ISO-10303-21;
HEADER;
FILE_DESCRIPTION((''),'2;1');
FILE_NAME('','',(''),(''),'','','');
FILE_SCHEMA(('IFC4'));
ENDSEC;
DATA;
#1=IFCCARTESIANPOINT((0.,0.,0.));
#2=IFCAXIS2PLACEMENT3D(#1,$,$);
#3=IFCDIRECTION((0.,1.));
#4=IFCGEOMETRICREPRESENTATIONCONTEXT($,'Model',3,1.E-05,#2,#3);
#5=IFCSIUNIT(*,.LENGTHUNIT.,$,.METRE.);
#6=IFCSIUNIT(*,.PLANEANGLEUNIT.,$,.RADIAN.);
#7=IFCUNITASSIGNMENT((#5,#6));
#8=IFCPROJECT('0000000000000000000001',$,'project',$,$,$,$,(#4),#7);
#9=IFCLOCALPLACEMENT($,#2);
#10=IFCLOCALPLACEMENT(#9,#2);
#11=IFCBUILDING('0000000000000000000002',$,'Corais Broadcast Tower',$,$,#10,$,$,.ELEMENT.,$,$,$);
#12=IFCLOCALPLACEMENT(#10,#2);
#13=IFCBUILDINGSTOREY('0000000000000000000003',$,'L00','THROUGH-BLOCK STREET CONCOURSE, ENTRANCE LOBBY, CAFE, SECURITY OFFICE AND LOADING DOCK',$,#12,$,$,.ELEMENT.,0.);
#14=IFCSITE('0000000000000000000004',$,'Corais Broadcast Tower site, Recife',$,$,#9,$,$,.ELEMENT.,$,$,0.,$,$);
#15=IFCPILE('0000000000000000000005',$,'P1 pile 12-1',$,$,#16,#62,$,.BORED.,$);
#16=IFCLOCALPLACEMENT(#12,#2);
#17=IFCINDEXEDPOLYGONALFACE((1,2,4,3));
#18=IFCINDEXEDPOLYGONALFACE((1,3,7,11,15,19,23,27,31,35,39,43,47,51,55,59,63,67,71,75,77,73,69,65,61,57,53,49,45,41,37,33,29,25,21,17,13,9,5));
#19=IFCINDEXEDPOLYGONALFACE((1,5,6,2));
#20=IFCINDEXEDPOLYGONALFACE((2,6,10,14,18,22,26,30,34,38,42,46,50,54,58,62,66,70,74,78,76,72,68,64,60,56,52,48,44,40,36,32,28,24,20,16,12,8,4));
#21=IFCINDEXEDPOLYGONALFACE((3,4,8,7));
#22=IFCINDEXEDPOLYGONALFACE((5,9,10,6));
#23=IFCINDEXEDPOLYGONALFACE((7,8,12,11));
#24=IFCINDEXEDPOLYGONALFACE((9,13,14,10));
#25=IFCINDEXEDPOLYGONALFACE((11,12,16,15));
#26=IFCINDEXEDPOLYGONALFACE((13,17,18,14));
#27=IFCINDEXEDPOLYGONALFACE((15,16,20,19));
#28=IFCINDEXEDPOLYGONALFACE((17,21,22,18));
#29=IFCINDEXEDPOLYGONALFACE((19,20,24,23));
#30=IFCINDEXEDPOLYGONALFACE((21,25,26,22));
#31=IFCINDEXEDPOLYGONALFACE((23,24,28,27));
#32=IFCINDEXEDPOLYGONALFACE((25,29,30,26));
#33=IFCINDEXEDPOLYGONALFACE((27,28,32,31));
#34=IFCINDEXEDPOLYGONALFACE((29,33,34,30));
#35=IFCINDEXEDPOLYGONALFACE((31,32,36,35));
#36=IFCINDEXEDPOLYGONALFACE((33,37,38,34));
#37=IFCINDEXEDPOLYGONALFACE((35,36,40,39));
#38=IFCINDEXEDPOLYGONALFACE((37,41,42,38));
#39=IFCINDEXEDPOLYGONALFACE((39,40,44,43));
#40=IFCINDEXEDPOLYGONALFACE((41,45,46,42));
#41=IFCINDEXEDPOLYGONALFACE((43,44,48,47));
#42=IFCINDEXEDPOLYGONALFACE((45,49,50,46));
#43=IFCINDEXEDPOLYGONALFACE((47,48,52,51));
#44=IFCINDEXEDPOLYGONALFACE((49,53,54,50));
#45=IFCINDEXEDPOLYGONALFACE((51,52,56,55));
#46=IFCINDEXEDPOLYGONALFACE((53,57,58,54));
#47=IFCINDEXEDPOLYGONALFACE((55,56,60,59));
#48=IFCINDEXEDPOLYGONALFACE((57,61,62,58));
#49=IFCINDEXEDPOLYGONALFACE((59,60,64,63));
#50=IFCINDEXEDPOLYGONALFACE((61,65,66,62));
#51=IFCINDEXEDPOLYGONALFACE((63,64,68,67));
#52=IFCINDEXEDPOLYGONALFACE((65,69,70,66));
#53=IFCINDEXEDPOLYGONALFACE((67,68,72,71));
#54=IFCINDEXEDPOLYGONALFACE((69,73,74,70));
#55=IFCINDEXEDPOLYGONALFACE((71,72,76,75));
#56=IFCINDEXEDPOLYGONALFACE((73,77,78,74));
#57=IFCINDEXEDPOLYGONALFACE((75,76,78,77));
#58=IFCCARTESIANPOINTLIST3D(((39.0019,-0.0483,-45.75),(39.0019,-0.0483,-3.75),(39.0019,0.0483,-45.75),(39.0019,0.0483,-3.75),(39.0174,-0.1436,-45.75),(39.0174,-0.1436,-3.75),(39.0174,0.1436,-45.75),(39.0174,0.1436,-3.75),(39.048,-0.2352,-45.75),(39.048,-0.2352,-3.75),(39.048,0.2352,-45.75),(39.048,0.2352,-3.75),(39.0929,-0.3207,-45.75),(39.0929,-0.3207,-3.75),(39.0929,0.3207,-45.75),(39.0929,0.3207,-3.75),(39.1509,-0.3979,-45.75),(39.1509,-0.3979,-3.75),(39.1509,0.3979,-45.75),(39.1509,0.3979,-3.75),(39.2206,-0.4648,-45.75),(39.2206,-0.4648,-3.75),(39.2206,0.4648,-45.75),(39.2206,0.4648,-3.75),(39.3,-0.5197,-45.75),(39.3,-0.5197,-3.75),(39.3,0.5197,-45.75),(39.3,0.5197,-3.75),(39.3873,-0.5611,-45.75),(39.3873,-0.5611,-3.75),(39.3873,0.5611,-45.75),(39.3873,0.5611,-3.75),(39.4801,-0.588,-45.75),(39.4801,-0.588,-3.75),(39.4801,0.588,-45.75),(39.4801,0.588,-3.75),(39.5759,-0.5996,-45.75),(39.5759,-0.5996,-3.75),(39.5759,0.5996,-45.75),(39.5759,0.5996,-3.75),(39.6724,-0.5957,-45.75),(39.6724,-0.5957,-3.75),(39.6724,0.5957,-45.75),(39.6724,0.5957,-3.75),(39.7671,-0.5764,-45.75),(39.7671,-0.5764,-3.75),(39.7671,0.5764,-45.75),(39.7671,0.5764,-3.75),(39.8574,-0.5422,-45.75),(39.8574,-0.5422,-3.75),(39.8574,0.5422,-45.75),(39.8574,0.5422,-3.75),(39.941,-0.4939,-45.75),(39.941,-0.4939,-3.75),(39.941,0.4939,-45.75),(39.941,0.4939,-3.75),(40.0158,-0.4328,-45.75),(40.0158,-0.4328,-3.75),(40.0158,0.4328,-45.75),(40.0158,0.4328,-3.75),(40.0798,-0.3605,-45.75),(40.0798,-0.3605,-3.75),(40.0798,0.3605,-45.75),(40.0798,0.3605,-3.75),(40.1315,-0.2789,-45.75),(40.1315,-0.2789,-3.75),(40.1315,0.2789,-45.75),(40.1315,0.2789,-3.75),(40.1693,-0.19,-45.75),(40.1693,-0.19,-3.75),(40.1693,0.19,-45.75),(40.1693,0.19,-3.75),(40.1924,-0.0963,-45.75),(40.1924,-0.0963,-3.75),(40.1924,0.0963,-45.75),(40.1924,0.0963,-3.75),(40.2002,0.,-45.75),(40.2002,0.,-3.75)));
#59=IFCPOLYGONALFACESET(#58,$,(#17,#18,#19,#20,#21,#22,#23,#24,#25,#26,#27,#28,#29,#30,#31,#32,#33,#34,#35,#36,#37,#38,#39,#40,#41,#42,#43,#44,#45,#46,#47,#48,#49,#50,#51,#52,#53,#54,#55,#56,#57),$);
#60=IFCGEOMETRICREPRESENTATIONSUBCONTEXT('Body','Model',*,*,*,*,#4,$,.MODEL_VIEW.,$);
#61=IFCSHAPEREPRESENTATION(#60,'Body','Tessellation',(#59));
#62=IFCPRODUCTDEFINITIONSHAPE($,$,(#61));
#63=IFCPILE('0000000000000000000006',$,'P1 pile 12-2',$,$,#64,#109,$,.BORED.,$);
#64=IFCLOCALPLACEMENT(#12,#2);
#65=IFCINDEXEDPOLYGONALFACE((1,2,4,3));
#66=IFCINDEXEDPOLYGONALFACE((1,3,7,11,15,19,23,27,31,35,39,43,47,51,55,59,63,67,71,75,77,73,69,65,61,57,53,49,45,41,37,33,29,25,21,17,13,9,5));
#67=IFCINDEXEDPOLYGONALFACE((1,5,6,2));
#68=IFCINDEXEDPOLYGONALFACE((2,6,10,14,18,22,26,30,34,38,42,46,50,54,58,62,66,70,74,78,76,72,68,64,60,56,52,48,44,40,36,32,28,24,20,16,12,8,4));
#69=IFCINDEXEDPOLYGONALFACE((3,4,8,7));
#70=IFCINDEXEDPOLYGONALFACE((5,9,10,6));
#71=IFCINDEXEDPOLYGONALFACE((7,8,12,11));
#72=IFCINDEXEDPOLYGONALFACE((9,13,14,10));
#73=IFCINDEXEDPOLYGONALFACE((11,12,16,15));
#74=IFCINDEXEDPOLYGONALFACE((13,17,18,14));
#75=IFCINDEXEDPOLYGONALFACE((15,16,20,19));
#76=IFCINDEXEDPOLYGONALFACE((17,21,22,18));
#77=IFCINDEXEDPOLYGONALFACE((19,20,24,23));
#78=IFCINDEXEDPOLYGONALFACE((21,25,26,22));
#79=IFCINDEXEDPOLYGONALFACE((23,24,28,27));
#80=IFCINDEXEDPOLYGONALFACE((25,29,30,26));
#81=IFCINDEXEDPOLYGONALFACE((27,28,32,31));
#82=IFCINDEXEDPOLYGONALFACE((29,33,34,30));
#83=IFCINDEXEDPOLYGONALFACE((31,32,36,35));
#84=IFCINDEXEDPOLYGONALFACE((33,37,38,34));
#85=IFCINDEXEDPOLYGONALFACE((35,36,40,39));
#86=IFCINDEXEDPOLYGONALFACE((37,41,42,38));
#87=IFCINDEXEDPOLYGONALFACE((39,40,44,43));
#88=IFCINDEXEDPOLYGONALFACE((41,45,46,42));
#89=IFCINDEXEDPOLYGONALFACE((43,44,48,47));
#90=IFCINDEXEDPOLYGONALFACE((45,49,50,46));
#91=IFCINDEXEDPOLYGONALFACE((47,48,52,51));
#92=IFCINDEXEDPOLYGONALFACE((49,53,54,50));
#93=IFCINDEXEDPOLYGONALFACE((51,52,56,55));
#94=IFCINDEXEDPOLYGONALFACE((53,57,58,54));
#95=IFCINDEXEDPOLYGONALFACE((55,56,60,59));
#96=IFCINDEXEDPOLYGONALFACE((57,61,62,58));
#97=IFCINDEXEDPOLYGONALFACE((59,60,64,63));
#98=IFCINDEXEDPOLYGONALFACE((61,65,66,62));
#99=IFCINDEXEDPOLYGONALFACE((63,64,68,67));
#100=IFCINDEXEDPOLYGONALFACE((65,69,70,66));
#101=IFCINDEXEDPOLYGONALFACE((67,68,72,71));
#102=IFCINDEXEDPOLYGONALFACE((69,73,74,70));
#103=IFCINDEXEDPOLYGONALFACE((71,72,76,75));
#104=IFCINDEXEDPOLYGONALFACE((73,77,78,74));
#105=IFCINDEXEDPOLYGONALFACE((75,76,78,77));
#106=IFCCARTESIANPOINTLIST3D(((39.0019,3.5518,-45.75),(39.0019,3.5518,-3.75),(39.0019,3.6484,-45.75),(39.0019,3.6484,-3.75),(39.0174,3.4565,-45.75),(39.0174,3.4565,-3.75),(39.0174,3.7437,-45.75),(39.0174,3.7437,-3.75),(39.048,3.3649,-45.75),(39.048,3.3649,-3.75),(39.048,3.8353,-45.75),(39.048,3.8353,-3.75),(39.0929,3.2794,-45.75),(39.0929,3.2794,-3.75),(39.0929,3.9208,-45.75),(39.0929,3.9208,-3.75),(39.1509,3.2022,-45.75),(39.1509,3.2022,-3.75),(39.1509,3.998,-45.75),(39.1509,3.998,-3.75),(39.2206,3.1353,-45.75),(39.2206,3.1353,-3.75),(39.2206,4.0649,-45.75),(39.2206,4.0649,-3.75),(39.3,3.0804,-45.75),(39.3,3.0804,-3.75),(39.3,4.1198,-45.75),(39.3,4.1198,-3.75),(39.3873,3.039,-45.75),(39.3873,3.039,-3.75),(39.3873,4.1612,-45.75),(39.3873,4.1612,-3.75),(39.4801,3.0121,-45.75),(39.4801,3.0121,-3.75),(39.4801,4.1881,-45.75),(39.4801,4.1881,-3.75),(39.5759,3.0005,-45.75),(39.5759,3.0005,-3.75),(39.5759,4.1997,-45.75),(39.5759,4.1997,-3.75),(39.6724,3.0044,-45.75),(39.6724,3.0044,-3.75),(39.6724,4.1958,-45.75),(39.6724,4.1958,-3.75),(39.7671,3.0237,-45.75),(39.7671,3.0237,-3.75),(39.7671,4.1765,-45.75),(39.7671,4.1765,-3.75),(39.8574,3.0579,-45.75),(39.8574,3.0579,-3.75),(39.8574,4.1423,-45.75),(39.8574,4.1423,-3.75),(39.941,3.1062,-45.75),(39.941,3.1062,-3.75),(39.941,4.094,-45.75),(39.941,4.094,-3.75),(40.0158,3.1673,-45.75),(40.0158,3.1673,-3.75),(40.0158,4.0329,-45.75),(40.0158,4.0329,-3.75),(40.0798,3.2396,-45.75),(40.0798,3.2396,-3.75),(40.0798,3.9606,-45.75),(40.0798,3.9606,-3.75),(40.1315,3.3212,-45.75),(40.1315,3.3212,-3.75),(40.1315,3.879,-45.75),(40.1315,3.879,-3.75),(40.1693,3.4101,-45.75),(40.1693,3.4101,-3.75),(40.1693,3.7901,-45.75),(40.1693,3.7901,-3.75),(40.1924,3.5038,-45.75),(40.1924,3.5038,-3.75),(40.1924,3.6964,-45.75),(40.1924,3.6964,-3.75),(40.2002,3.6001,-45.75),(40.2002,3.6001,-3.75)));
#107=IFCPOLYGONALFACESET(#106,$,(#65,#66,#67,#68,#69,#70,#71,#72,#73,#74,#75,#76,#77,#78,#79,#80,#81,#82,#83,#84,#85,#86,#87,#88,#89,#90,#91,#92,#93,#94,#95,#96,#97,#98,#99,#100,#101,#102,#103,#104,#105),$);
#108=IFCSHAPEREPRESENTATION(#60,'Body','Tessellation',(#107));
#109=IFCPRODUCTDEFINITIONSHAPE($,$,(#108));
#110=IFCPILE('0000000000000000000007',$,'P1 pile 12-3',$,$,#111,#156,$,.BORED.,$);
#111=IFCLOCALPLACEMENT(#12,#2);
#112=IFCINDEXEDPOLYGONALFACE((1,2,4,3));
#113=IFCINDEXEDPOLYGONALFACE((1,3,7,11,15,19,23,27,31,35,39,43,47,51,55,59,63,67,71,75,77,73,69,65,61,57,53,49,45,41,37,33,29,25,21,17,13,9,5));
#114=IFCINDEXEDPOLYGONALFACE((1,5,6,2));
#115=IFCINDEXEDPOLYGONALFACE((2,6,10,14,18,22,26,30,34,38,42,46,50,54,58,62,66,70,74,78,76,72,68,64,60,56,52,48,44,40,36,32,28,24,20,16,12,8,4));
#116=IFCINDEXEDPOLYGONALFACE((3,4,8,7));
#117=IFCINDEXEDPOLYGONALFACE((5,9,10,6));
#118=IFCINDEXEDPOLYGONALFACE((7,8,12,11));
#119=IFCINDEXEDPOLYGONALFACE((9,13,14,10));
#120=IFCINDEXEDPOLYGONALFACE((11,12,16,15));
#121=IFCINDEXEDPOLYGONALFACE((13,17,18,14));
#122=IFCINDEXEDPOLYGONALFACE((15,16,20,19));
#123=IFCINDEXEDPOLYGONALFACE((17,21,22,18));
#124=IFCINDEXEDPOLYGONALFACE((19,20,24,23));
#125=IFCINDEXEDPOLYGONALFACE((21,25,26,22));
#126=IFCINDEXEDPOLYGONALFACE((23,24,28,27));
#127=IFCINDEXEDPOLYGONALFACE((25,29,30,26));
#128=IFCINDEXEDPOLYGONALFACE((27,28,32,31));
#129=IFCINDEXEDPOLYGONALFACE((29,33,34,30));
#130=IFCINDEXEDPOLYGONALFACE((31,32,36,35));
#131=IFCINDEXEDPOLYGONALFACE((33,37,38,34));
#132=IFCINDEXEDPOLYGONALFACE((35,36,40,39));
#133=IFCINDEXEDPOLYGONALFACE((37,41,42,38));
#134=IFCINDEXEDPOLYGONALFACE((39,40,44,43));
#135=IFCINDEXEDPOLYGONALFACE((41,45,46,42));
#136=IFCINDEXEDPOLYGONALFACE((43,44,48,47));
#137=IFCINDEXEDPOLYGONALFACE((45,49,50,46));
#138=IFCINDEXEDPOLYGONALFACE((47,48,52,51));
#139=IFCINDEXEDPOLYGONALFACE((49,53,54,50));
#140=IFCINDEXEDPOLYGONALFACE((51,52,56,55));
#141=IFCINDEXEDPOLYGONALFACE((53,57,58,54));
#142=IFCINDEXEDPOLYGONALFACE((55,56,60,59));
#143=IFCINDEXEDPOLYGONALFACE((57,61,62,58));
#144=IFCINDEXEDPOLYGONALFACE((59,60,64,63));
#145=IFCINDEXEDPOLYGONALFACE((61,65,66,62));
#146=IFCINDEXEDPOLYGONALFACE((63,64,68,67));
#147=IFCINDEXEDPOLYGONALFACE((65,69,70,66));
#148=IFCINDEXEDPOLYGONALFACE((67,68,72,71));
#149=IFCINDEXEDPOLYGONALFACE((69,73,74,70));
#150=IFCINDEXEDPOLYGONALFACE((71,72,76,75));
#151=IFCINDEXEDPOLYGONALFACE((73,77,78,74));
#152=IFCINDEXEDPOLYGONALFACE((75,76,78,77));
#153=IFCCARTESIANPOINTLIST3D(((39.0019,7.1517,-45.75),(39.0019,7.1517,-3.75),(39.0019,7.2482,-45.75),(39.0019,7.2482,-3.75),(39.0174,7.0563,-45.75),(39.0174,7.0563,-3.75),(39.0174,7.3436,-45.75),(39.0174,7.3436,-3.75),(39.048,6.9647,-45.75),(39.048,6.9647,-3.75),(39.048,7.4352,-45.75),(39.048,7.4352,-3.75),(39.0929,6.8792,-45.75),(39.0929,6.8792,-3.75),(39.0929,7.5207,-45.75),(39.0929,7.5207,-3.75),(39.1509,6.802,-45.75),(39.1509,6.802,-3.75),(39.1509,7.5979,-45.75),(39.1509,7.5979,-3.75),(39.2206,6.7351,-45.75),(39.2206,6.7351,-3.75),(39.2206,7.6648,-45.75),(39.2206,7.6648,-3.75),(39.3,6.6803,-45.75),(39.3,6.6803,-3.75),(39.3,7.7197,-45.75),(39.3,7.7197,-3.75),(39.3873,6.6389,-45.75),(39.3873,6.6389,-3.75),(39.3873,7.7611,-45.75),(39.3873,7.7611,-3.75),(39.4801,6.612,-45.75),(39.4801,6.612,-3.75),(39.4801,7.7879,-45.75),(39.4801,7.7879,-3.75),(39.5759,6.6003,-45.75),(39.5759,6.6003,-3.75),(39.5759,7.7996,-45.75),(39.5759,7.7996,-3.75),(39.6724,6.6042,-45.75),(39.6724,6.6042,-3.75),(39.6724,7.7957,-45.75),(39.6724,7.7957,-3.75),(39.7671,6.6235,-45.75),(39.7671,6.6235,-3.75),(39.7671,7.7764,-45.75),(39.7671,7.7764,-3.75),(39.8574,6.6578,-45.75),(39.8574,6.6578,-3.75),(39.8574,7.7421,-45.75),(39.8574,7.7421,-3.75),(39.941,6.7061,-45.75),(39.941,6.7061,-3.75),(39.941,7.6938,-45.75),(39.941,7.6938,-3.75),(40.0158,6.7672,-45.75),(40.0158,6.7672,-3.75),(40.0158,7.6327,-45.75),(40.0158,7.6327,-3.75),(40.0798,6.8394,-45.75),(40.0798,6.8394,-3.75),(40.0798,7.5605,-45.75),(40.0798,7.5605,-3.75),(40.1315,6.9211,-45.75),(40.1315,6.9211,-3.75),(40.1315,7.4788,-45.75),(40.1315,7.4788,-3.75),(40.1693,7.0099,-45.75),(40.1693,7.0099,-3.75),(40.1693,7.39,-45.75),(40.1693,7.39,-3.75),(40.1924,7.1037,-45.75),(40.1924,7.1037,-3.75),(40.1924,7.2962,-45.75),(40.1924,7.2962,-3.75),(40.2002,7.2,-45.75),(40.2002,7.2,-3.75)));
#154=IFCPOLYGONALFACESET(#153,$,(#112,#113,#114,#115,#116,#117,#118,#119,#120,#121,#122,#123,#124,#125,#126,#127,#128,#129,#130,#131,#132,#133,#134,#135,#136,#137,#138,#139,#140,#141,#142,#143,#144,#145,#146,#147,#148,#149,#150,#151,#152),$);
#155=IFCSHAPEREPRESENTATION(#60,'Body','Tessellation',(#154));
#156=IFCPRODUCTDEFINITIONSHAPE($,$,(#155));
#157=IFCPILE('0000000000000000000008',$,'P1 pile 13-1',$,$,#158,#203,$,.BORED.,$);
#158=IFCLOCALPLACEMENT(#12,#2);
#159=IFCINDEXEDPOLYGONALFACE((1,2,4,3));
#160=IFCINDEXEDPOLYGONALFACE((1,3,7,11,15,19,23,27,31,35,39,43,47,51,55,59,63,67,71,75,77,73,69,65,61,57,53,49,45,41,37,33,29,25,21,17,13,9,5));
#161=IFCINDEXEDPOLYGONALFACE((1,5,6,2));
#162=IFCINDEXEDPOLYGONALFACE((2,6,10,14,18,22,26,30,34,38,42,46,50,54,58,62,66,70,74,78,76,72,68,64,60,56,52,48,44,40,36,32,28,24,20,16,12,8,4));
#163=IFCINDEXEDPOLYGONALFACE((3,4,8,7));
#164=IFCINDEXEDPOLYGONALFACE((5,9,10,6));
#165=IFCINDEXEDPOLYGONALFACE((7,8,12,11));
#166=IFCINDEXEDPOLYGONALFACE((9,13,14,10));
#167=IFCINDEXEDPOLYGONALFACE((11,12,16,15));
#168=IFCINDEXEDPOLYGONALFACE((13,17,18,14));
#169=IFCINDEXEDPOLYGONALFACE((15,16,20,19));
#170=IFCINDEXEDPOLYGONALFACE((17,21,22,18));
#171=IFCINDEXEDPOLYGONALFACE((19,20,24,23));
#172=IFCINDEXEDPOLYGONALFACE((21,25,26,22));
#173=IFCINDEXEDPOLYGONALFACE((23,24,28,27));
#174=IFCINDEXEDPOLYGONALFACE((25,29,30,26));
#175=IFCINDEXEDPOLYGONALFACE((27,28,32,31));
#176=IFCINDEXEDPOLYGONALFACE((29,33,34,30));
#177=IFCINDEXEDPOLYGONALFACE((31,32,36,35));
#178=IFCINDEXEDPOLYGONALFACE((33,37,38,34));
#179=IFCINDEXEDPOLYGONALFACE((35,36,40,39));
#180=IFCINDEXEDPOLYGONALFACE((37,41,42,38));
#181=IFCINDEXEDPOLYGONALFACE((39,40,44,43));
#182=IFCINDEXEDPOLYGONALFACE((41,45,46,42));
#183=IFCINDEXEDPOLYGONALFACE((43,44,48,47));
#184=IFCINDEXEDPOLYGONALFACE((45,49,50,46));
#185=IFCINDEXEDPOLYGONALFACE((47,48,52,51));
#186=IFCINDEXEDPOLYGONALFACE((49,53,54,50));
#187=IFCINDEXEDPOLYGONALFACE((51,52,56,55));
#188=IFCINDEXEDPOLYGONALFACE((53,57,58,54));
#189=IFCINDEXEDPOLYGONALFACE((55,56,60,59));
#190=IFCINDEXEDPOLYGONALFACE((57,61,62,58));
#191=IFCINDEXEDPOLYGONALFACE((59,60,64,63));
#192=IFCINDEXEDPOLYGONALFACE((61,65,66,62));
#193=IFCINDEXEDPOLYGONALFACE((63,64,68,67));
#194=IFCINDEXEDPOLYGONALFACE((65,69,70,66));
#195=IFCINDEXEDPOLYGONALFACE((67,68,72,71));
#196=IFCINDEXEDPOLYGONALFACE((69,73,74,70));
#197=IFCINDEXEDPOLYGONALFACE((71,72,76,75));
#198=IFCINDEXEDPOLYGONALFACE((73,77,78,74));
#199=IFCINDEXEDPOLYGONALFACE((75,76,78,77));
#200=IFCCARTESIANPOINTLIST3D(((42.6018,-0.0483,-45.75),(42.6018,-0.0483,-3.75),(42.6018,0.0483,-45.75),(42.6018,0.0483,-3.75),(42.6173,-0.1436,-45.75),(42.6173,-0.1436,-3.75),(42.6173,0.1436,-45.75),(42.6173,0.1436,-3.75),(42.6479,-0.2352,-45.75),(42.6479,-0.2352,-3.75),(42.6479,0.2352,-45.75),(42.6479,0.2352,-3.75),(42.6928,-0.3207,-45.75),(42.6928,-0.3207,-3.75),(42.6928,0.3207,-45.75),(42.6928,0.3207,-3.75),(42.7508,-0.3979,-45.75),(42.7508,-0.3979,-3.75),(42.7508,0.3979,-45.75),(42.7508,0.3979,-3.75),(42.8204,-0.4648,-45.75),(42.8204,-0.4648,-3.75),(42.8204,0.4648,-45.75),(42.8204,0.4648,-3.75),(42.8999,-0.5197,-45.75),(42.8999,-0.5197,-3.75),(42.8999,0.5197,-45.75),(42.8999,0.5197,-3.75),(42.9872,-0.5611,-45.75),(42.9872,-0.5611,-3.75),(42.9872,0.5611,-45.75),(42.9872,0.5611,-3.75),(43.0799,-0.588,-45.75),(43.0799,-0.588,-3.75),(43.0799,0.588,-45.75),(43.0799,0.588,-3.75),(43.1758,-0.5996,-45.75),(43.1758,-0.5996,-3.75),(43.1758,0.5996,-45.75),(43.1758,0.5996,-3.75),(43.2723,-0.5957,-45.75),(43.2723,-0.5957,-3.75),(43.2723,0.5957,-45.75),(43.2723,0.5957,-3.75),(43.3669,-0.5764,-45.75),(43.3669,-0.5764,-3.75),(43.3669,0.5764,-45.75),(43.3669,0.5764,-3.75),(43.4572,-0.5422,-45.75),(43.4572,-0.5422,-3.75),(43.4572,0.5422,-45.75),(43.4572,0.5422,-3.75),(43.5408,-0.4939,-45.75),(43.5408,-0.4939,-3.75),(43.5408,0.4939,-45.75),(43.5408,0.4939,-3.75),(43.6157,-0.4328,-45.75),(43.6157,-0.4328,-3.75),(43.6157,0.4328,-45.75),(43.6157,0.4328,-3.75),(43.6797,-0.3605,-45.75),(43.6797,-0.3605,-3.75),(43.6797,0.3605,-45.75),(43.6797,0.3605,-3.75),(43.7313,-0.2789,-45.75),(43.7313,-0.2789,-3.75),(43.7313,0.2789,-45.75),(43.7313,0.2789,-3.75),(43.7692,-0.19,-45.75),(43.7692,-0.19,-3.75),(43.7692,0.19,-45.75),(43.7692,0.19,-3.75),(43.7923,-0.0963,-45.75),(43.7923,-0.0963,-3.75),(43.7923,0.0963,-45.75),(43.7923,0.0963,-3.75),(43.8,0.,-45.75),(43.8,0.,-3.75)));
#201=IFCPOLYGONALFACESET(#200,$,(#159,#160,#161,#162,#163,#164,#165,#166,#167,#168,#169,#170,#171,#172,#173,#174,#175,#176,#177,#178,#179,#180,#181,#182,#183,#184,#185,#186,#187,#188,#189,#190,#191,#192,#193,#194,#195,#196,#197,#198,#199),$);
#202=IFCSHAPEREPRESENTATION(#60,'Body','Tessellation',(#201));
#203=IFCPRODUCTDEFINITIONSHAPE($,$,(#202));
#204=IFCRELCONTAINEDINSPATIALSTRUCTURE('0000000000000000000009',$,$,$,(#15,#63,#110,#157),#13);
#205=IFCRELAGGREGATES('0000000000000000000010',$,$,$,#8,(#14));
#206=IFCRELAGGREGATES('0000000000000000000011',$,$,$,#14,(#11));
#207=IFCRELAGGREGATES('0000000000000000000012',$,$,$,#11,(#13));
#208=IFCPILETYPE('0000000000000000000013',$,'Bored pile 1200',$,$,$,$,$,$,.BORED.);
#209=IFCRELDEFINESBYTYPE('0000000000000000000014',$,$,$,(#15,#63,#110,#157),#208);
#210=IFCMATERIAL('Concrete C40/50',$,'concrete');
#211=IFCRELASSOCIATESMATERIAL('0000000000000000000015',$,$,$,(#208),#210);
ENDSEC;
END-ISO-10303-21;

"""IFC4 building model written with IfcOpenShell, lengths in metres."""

from ifc_helpers import new_model, si_unit, direction, frame, origin, origin_2d, place, context, subcontext, project, spatial, circle, extrude, material, type_object, element, save


model = new_model("IFC4")

# Units and contexts
model_context = context("Model", 3, precision=1e-05, world=origin(), true_north=direction((0.0, 1.0)))
body_context = subcontext(model_context, "Body", "Model", "MODEL_VIEW")
ifc_project = project(units=[si_unit("LENGTHUNIT", "METRE"), si_unit("PLANEANGLEUNIT", "RADIAN")], contexts=[model_context])

# Site, building, storey
site_placement = place(None, origin())
site = spatial("IfcSite", under=ifc_project, at=site_placement, Name="Corais Broadcast Tower site, Recife", CompositionType="ELEMENT", RefElevation=0.0)
building_placement = place(site_placement, origin())
building = spatial("IfcBuilding", under=site, at=building_placement, Name="Corais Broadcast Tower", CompositionType="ELEMENT")
storey_placement = place(building_placement, origin())
storey = spatial("IfcBuildingStorey", under=building, at=storey_placement, Name="L00", Description="THROUGH-BLOCK STREET CONCOURSE, ENTRANCE LOBBY, CAFE, SECURITY OFFICE AND LOADING DOCK", CompositionType="ELEMENT", Elevation=0.0)

# Piles
ifc_material_1 = material(Name="Concrete C40/50", Category="concrete")
pile_type = type_object("IfcPileType", Name="Bored pile 1200", PredefinedType="BORED", material=ifc_material_1)
for number, where, z_axis, x_axis, name in (
    (1, (39.6001, 0.0, -3.75), (0.0, 0.0, -1.0), (1.0, 0.0, 0.0), "P1 pile 12-1"),
    (2, (39.6001, 3.6001, -3.75), (0.0, 0.0, -1.0), (1.0, 0.0, 0.0), "P1 pile 12-2"),
    (3, (39.6001, 7.2, -3.75), (0.0, 0.0, -1.0), (1.0, 0.0, 0.0), "P1 pile 12-3"),
    (4, (43.2, 0.0, -3.75), (0.0, 0.0, -1.0), (1.0, 0.0, 0.0), "P1 pile 13-1"),
):
    element("IfcPile", number, at=place(storey_placement, frame(where, z_axis=z_axis, x_axis=x_axis)), inside=storey, type_object=pile_type, Name=name, PredefinedType="BORED", context=body_context, shape_type="SweptSolid", body=[
        extrude(circle(Radius=0.6001, at=origin_2d()), origin(), (0.0, 0.0, 1.0), 42.0),
    ])

save(model, "model.ifc")
